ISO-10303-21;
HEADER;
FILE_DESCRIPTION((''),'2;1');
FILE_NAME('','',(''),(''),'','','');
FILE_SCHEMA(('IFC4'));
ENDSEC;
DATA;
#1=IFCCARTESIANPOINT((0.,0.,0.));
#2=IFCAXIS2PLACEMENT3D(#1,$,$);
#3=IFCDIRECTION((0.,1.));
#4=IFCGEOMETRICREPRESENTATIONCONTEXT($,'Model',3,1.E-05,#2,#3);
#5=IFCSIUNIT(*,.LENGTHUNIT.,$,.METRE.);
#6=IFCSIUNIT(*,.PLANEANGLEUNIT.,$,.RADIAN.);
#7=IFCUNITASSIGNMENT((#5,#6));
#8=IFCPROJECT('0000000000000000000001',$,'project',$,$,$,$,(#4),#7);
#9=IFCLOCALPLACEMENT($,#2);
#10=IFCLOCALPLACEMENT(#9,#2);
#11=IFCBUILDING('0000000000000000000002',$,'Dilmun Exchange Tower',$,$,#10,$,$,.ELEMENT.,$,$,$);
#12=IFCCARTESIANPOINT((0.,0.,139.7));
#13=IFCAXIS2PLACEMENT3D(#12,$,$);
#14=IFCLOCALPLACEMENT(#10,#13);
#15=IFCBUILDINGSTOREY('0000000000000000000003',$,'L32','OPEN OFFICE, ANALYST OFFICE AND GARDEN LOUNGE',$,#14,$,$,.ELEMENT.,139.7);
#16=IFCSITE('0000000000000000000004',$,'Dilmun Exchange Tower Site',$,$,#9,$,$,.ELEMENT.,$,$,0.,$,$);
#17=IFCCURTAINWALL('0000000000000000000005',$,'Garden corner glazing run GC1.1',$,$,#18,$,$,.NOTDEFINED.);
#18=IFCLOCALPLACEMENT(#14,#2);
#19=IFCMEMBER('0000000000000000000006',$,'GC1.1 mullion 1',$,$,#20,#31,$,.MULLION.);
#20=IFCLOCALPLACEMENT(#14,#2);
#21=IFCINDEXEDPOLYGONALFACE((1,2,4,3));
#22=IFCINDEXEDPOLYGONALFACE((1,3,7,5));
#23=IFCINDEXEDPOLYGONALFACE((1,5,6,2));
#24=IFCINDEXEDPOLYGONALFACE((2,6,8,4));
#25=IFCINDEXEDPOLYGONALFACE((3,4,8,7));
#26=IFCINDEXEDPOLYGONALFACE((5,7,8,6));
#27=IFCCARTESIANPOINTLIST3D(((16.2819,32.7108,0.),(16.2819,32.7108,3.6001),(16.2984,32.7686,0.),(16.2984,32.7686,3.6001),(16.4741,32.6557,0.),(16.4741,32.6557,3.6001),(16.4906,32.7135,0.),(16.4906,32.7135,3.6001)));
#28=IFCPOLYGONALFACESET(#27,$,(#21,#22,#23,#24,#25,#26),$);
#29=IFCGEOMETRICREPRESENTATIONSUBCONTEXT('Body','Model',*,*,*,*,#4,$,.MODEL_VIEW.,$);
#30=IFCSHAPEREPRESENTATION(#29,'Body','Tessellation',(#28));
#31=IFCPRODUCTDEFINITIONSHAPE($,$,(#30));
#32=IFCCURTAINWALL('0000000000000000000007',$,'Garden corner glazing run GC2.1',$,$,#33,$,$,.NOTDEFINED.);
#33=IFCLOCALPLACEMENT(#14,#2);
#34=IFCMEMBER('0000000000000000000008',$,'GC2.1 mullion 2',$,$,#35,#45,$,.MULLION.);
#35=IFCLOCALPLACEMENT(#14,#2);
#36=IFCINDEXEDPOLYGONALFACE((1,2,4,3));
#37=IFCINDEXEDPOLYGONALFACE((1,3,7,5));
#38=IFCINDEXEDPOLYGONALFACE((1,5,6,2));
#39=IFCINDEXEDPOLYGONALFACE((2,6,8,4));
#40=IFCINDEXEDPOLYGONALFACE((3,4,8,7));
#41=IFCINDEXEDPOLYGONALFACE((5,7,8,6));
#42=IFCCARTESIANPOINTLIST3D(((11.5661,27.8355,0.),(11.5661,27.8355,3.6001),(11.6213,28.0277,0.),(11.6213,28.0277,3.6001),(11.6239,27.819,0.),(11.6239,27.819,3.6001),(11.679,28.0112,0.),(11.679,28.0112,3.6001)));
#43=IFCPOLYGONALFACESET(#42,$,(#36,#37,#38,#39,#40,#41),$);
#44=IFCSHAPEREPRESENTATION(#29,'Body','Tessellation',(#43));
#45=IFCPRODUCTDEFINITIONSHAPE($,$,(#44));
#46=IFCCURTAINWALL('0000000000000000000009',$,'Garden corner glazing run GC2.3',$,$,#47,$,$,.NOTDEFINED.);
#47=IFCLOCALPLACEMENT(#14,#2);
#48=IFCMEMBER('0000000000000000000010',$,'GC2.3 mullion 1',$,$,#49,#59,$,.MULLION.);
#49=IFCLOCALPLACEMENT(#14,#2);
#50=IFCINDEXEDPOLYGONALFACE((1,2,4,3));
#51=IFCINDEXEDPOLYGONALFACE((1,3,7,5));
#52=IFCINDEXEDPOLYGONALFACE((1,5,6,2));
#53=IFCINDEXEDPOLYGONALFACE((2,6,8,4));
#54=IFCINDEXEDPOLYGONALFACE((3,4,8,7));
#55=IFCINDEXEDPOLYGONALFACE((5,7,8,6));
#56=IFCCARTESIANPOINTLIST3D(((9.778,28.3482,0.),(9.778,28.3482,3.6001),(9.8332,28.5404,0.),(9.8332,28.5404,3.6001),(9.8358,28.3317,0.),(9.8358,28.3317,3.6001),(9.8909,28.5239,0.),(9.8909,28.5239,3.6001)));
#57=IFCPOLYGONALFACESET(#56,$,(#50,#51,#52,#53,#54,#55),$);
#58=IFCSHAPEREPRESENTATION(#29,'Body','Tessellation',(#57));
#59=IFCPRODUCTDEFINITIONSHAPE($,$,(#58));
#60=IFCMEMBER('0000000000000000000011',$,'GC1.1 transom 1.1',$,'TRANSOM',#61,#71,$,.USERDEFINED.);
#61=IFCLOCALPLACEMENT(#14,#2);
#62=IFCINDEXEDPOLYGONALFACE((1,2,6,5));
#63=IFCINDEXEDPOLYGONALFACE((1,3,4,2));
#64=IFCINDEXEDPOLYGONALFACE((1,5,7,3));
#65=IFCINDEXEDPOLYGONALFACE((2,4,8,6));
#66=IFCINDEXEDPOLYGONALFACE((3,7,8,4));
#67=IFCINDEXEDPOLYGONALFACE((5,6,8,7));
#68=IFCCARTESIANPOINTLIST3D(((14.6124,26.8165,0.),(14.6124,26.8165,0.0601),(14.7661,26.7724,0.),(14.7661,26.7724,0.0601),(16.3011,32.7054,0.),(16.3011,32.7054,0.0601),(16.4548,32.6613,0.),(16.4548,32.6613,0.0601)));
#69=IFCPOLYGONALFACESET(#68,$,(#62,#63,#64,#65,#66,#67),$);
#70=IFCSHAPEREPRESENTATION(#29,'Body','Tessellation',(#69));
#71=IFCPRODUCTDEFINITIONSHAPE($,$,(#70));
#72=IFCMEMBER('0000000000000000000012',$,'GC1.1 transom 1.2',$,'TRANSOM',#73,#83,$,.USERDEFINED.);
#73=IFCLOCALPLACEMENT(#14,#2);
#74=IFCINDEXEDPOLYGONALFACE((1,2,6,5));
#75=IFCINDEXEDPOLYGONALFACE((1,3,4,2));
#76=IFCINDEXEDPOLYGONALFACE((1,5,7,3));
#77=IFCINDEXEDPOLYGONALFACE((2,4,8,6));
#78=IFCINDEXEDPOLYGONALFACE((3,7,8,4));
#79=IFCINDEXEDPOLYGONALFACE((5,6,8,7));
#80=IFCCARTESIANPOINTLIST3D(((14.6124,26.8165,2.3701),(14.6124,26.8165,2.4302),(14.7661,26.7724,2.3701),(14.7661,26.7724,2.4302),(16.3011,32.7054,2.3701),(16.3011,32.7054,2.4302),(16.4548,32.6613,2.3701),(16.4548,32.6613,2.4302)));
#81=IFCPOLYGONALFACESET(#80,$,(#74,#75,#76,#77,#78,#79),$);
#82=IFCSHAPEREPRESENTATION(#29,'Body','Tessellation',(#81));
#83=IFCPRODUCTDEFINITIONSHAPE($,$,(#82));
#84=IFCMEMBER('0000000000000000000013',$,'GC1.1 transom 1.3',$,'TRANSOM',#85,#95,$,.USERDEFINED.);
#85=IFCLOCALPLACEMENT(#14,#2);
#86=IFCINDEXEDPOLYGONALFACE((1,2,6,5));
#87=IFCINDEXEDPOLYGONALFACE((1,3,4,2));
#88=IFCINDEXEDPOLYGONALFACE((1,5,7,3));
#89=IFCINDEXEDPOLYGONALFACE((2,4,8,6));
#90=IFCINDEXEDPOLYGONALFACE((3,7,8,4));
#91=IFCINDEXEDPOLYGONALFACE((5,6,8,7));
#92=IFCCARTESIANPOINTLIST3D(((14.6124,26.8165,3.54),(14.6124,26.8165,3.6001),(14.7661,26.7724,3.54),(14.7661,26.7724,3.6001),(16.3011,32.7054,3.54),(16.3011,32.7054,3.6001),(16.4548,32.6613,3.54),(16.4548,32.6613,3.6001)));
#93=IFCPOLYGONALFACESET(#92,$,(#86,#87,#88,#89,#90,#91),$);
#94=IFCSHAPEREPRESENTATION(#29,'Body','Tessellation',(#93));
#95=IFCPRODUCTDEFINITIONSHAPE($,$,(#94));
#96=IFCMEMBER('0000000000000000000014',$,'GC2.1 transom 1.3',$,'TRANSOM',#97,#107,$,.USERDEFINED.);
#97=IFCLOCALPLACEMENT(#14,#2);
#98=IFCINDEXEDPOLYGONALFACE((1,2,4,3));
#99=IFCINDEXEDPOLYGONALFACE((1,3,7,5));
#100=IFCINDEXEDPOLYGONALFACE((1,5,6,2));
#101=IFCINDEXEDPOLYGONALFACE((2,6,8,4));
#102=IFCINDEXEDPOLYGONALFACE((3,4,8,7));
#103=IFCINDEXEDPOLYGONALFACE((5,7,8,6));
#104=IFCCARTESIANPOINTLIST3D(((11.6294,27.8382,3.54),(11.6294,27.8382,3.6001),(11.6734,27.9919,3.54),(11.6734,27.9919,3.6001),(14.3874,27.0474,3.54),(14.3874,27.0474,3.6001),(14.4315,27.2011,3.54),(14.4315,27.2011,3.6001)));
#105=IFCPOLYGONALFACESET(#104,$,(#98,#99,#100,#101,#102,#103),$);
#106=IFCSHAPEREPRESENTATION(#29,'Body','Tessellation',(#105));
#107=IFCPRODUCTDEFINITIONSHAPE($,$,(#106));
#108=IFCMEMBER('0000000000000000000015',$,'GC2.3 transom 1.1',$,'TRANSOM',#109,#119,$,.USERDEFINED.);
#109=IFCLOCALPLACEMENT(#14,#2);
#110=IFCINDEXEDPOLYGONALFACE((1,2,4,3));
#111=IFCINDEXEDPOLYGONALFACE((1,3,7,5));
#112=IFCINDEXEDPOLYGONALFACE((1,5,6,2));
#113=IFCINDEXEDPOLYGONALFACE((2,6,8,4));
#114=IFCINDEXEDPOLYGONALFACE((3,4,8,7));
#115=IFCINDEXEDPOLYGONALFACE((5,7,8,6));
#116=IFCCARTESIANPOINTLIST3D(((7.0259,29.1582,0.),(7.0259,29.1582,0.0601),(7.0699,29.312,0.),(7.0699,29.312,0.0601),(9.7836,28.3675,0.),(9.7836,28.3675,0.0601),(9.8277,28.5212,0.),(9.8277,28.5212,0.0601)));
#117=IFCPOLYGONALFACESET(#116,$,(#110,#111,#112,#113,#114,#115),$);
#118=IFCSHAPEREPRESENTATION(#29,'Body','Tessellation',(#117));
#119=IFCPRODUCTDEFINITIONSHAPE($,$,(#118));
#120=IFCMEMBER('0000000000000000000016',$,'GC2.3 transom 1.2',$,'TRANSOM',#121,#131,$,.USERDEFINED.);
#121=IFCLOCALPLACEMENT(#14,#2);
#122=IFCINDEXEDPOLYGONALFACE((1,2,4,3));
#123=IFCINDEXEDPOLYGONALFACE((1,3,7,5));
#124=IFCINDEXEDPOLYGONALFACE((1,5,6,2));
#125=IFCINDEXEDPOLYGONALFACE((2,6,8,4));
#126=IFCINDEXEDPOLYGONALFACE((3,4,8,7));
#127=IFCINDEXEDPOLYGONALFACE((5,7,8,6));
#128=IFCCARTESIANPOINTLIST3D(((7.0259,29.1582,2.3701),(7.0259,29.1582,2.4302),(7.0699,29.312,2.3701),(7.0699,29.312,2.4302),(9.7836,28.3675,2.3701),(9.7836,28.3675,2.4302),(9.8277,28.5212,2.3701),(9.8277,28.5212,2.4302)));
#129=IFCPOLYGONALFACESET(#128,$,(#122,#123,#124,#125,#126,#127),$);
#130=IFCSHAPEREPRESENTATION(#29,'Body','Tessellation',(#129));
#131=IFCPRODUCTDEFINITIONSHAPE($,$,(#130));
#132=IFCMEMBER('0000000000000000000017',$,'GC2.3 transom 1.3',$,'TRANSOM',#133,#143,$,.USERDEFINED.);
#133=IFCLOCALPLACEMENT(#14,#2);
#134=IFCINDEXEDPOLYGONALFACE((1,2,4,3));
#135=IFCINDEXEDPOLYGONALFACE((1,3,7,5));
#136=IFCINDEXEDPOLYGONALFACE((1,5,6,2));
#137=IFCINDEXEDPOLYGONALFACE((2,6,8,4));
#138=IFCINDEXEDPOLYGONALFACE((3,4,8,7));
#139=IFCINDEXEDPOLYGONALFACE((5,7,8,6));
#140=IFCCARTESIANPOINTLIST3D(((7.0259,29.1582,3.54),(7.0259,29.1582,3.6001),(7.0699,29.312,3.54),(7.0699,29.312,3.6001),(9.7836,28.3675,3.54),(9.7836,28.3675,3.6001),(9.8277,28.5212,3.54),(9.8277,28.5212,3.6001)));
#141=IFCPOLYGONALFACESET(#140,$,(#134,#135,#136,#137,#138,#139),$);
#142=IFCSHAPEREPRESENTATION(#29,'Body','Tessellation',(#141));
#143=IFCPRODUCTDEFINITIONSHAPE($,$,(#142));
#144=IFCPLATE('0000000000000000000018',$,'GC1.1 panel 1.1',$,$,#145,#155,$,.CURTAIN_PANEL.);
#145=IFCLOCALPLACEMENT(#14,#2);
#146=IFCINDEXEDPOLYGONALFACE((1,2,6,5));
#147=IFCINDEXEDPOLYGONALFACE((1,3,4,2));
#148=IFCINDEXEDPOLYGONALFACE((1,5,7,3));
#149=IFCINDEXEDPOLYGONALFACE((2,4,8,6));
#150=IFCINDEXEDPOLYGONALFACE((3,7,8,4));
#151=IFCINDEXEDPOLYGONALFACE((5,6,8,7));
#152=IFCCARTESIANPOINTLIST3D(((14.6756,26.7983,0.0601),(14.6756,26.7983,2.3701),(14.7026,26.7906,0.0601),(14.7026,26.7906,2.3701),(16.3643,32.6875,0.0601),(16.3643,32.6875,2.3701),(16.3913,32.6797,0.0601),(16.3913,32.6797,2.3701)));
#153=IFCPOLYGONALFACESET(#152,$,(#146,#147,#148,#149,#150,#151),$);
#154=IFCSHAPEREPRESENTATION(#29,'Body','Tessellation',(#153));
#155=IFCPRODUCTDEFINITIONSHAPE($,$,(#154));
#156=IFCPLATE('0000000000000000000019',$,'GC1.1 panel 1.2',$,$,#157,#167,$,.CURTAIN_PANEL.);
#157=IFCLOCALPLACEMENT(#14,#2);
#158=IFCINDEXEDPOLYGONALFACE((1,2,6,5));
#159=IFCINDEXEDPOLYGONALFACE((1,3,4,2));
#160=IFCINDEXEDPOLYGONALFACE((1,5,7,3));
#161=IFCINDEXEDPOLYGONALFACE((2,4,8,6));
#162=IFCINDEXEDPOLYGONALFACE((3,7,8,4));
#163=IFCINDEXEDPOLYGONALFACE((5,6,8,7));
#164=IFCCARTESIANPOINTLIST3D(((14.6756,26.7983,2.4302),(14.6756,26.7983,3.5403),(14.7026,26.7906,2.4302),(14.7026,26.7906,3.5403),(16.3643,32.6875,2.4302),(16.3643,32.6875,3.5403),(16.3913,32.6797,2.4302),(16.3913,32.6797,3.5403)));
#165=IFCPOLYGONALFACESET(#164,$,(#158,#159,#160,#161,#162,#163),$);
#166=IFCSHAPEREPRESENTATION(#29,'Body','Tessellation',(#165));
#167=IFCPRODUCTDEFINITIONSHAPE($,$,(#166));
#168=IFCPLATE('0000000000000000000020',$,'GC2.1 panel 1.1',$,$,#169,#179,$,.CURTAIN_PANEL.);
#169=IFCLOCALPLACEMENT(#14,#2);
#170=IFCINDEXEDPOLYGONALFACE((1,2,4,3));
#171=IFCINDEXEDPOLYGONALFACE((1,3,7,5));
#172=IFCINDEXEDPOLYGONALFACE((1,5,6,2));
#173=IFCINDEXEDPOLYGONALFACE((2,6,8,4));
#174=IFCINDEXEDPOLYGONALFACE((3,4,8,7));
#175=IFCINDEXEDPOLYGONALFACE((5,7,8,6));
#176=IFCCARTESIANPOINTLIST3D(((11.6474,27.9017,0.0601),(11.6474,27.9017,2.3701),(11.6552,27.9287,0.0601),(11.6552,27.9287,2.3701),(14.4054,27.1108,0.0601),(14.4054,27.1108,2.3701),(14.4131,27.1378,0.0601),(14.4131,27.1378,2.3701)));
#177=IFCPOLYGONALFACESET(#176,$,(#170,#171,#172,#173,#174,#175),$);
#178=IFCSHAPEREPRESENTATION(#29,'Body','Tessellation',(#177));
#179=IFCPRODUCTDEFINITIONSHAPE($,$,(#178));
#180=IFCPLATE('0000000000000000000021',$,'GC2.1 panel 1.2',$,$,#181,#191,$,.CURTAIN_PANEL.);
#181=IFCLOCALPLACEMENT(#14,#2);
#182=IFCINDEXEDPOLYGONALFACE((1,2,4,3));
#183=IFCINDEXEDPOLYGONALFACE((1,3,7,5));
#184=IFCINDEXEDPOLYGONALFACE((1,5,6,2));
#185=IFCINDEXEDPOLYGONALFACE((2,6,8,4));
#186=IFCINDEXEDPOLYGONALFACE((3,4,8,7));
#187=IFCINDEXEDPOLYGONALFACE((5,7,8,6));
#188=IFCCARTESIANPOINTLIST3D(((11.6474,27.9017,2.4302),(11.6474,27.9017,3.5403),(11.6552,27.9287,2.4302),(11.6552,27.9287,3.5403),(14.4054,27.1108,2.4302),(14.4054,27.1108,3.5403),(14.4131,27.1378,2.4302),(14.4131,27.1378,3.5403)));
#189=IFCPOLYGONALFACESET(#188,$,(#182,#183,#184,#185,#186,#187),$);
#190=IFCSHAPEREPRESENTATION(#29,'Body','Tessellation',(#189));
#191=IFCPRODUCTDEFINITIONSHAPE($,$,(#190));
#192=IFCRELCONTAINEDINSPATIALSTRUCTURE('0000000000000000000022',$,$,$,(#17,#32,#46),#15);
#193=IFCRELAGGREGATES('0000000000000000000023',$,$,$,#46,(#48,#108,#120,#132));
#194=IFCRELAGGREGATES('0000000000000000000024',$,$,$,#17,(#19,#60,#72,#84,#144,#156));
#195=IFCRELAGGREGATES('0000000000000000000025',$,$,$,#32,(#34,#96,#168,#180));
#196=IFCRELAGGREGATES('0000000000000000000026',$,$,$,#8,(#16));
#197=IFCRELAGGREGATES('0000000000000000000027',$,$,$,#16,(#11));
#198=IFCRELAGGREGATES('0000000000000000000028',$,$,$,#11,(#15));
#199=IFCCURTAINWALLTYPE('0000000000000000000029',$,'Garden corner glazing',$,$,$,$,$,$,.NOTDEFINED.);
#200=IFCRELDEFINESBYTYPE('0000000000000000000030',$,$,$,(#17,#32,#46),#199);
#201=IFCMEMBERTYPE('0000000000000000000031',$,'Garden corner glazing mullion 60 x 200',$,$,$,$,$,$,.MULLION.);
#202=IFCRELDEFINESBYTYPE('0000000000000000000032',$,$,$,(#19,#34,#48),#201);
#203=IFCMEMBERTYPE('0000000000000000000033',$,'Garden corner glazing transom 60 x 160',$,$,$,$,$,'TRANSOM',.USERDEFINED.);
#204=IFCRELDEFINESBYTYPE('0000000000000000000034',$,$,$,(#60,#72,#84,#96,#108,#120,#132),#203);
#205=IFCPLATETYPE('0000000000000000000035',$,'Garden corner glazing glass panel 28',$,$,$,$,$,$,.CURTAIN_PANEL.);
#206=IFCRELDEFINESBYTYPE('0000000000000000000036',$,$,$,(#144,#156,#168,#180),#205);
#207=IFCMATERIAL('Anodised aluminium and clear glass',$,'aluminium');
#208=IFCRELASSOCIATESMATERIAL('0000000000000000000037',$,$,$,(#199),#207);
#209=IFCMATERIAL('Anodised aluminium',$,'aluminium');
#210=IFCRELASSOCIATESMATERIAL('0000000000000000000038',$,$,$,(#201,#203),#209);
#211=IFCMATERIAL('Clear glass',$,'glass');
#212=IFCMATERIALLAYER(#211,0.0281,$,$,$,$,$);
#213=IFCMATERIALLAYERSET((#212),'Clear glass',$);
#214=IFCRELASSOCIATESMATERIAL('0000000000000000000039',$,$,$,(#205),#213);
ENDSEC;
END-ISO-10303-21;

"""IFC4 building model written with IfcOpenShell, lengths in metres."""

from ifc_helpers import new_model, si_unit, direction, frame, origin, origin_2d, place, context, subcontext, project, spatial, rectangle, extrude, material, layer, layer_set, material_profile, profile_set, type_object, element, aggregate, save


model = new_model("IFC4")

# Units and contexts
model_context = context("Model", 3, precision=1e-05, world=origin(), true_north=direction((0.0, 1.0)))
body_context = subcontext(model_context, "Body", "Model", "MODEL_VIEW")
ifc_project = project(units=[si_unit("LENGTHUNIT", "METRE"), si_unit("PLANEANGLEUNIT", "RADIAN")], contexts=[model_context])

# Site, building, storey
site_placement = place(None, origin())
site = spatial("IfcSite", under=ifc_project, at=site_placement, Name="Dilmun Exchange Tower Site", CompositionType="ELEMENT", RefElevation=0.0)
building_placement = place(site_placement, origin())
building = spatial("IfcBuilding", under=site, at=building_placement, Name="Dilmun Exchange Tower", CompositionType="ELEMENT")
storey_placement = place(building_placement, frame((0.0, 0.0, 139.7)))
storey = spatial("IfcBuildingStorey", under=building, at=storey_placement, Name="L32", Description="OPEN OFFICE, ANALYST OFFICE AND GARDEN LOUNGE", CompositionType="ELEMENT", Elevation=139.7)

# Curtain walls, members
ifc_material_1 = material(Name="Anodised aluminium and clear glass", Category="aluminium")
curtain_wall_type = type_object("IfcCurtainWallType", Name="Garden corner glazing", PredefinedType="NOTDEFINED", material=ifc_material_1)
curtain_wall_1_placement = place(storey_placement, origin())
curtain_wall_1 = element("IfcCurtainWall", 1, at=curtain_wall_1_placement, inside=storey, type_object=curtain_wall_type, Name="Garden corner glazing run GC1.1", PredefinedType="NOTDEFINED")
ifc_material_2 = material(Name="Anodised aluminium", Category="aluminium")
ifc_material_profile_1 = material_profile(ifc_material_2, rectangle(XDim=0.2, YDim=0.0601, at=origin_2d()), Name="AL 60x200")
ifc_profile_set_1 = profile_set([ifc_material_profile_1], Name="Anodised aluminium")
member_type_1 = type_object("IfcMemberType", Name="Garden corner glazing mullion 60 x 200", PredefinedType="MULLION", material=ifc_profile_set_1)
member_1_placement = place(storey_placement, frame((16.3862, 32.7122, 0.0), z_axis=(0.0, 0.0, 1.0), x_axis=(0.961263, -0.275632, 0.0)))
member_1 = element("IfcMember", 2, at=member_1_placement, type_object=member_type_1, Name="GC1.1 mullion 1", PredefinedType="MULLION", context=body_context, shape_type="SweptSolid", body=[
    extrude(rectangle(XDim=0.2, YDim=0.0601, at=origin_2d()), origin(), (0.0, 0.0, 1.0), 3.6001),
])
curtain_wall_2_placement = place(storey_placement, origin())
curtain_wall_2 = element("IfcCurtainWall", 3, at=curtain_wall_2_placement, inside=storey, type_object=curtain_wall_type, Name="Garden corner glazing run GC2.1", PredefinedType="NOTDEFINED")
member_2_placement = place(storey_placement, frame((11.6226, 27.9233, 0.0), z_axis=(0.0, 0.0, 1.0), x_axis=(-0.275667, -0.961253, 0.0)))
member_2 = element("IfcMember", 4, at=member_2_placement, type_object=member_type_1, Name="GC2.1 mullion 2", PredefinedType="MULLION", context=body_context, shape_type="SweptSolid", body=[
    extrude(rectangle(XDim=0.2, YDim=0.0601, at=origin_2d()), origin(), (0.0, 0.0, 1.0), 3.6001),
])
curtain_wall_3_placement = place(storey_placement, origin())
curtain_wall_3 = element("IfcCurtainWall", 5, at=curtain_wall_3_placement, inside=storey, type_object=curtain_wall_type, Name="Garden corner glazing run GC2.3", PredefinedType="NOTDEFINED")
member_3_placement = place(storey_placement, frame((9.8345, 28.436, 0.0), z_axis=(0.0, 0.0, 1.0), x_axis=(-0.275636, -0.961262, 0.0)))
member_3 = element("IfcMember", 6, at=member_3_placement, type_object=member_type_1, Name="GC2.3 mullion 1", PredefinedType="MULLION", context=body_context, shape_type="SweptSolid", body=[
    extrude(rectangle(XDim=0.2, YDim=0.0601, at=origin_2d()), origin(), (0.0, 0.0, 1.0), 3.6001),
])

# Members
ifc_material_profile_2 = material_profile(ifc_material_2, rectangle(XDim=0.1599, YDim=0.0601, at=origin_2d()), Name="AL 60x160")
ifc_profile_set_2 = profile_set([ifc_material_profile_2], Name="Anodised aluminium")
member_type_2 = type_object("IfcMemberType", Name="Garden corner glazing transom 60 x 160", ElementType="TRANSOM", PredefinedType="USERDEFINED", material=ifc_profile_set_2)
member_4_placement = place(storey_placement, frame((16.3779, 32.6833, 0.03), z_axis=(-0.275653, -0.961257, 0.0), x_axis=(0.961257, -0.275653, 0.0)))
member_4 = element("IfcMember", 7, at=member_4_placement, type_object=member_type_2, Name="GC1.1 transom 1.1", ObjectType="TRANSOM", PredefinedType="USERDEFINED", context=body_context, shape_type="SweptSolid", body=[
    extrude(rectangle(XDim=0.1599, YDim=0.0601, at=origin_2d()), origin(), (0.0, 0.0, 1.0), 6.1262),
])
member_5_placement = place(storey_placement, frame((16.3779, 32.6833, 2.4001), z_axis=(-0.275653, -0.961257, 0.0), x_axis=(0.961257, -0.275653, 0.0)))
member_5 = element("IfcMember", 8, at=member_5_placement, type_object=member_type_2, Name="GC1.1 transom 1.2", ObjectType="TRANSOM", PredefinedType="USERDEFINED", context=body_context, shape_type="SweptSolid", body=[
    extrude(rectangle(XDim=0.1599, YDim=0.0601, at=origin_2d()), origin(), (0.0, 0.0, 1.0), 6.1262),
])
member_6_placement = place(storey_placement, frame((16.3779, 32.6833, 3.5701), z_axis=(-0.275653, -0.961257, 0.0), x_axis=(0.961257, -0.275653, 0.0)))
member_6 = element("IfcMember", 9, at=member_6_placement, type_object=member_type_2, Name="GC1.1 transom 1.3", ObjectType="TRANSOM", PredefinedType="USERDEFINED", context=body_context, shape_type="SweptSolid", body=[
    extrude(rectangle(XDim=0.1599, YDim=0.0601, at=origin_2d()), origin(), (0.0, 0.0, 1.0), 6.1262),
])
member_7_placement = place(storey_placement, frame((14.4094, 27.1243, 3.5701), z_axis=(-0.96127, 0.275609, 0.0), x_axis=(-0.275609, -0.96127, 0.0)))
member_7 = element("IfcMember", 10, at=member_7_placement, type_object=member_type_2, Name="GC2.1 transom 1.3", ObjectType="TRANSOM", PredefinedType="USERDEFINED", context=body_context, shape_type="SweptSolid", body=[
    extrude(rectangle(XDim=0.1599, YDim=0.0601, at=origin_2d()), origin(), (0.0, 0.0, 1.0), 2.8691),
])
member_8_placement = place(storey_placement, frame((9.8057, 28.4443, 0.03), z_axis=(-0.961263, 0.275631, 0.0), x_axis=(-0.275631, -0.961263, 0.0)))
member_8 = element("IfcMember", 11, at=member_8_placement, type_object=member_type_2, Name="GC2.3 transom 1.1", ObjectType="TRANSOM", PredefinedType="USERDEFINED", context=body_context, shape_type="SweptSolid", body=[
    extrude(rectangle(XDim=0.1599, YDim=0.0601, at=origin_2d()), origin(), (0.0, 0.0, 1.0), 2.8689),
])
member_9_placement = place(storey_placement, frame((9.8057, 28.4443, 2.4001), z_axis=(-0.961263, 0.275631, 0.0), x_axis=(-0.275631, -0.961263, 0.0)))
member_9 = element("IfcMember", 12, at=member_9_placement, type_object=member_type_2, Name="GC2.3 transom 1.2", ObjectType="TRANSOM", PredefinedType="USERDEFINED", context=body_context, shape_type="SweptSolid", body=[
    extrude(rectangle(XDim=0.1599, YDim=0.0601, at=origin_2d()), origin(), (0.0, 0.0, 1.0), 2.8689),
])
member_10_placement = place(storey_placement, frame((9.8057, 28.4443, 3.5701), z_axis=(-0.961263, 0.275631, 0.0), x_axis=(-0.275631, -0.961263, 0.0)))
member_10 = element("IfcMember", 13, at=member_10_placement, type_object=member_type_2, Name="GC2.3 transom 1.3", ObjectType="TRANSOM", PredefinedType="USERDEFINED", context=body_context, shape_type="SweptSolid", body=[
    extrude(rectangle(XDim=0.1599, YDim=0.0601, at=origin_2d()), origin(), (0.0, 0.0, 1.0), 2.8689),
])
aggregate(curtain_wall_3, [member_3, member_8, member_9, member_10])

# Plates
ifc_material_3 = material(Name="Clear glass", Category="glass")
ifc_layer_1 = layer(ifc_material_3, 0.0281)
ifc_layer_set_1 = layer_set([ifc_layer_1], Name="Clear glass")
plate_type = type_object("IfcPlateType", Name="Garden corner glazing glass panel 28", PredefinedType="CURTAIN_PANEL", material=ifc_layer_set_1)
plate_1_placement = place(storey_placement, frame((15.5334, 29.739, 0.0601), z_axis=(0.0, 0.0, 1.0), x_axis=(-0.275632, -0.961263, 0.0)))
plate_1 = element("IfcPlate", 14, at=plate_1_placement, type_object=plate_type, Name="GC1.1 panel 1.1", PredefinedType="CURTAIN_PANEL", context=body_context, shape_type="SweptSolid", body=[
    extrude(rectangle(XDim=6.1265, YDim=0.0281, at=origin_2d()), origin(), (0.0, 0.0, 1.0), 2.3101),
])
plate_2_placement = place(storey_placement, frame((15.5334, 29.739, 2.4302), z_axis=(0.0, 0.0, 1.0), x_axis=(-0.275632, -0.961263, 0.0)))
plate_2 = element("IfcPlate", 15, at=plate_2_placement, type_object=plate_type, Name="GC1.1 panel 1.2", PredefinedType="CURTAIN_PANEL", context=body_context, shape_type="SweptSolid", body=[
    extrude(rectangle(XDim=6.1265, YDim=0.0281, at=origin_2d()), origin(), (0.0, 0.0, 1.0), 1.1101),
])
aggregate(curtain_wall_1, [member_1, member_4, member_5, member_6, plate_1, plate_2])
plate_3_placement = place(storey_placement, frame((13.0303, 27.5198, 0.0601), z_axis=(0.0, 0.0, 1.0), x_axis=(-0.961253, 0.275667, 0.0)))
plate_3 = element("IfcPlate", 16, at=plate_3_placement, type_object=plate_type, Name="GC2.1 panel 1.1", PredefinedType="CURTAIN_PANEL", context=body_context, shape_type="SweptSolid", body=[
    extrude(rectangle(XDim=2.8691, YDim=0.0281, at=origin_2d()), origin(), (0.0, 0.0, 1.0), 2.3101),
])
plate_4_placement = place(storey_placement, frame((13.0303, 27.5198, 2.4302), z_axis=(0.0, 0.0, 1.0), x_axis=(-0.961253, 0.275667, 0.0)))
plate_4 = element("IfcPlate", 17, at=plate_4_placement, type_object=plate_type, Name="GC2.1 panel 1.2", PredefinedType="CURTAIN_PANEL", context=body_context, shape_type="SweptSolid", body=[
    extrude(rectangle(XDim=2.8691, YDim=0.0281, at=origin_2d()), origin(), (0.0, 0.0, 1.0), 1.1101),
])
aggregate(curtain_wall_2, [member_2, member_7, plate_3, plate_4])

save(model, "model.ifc")
